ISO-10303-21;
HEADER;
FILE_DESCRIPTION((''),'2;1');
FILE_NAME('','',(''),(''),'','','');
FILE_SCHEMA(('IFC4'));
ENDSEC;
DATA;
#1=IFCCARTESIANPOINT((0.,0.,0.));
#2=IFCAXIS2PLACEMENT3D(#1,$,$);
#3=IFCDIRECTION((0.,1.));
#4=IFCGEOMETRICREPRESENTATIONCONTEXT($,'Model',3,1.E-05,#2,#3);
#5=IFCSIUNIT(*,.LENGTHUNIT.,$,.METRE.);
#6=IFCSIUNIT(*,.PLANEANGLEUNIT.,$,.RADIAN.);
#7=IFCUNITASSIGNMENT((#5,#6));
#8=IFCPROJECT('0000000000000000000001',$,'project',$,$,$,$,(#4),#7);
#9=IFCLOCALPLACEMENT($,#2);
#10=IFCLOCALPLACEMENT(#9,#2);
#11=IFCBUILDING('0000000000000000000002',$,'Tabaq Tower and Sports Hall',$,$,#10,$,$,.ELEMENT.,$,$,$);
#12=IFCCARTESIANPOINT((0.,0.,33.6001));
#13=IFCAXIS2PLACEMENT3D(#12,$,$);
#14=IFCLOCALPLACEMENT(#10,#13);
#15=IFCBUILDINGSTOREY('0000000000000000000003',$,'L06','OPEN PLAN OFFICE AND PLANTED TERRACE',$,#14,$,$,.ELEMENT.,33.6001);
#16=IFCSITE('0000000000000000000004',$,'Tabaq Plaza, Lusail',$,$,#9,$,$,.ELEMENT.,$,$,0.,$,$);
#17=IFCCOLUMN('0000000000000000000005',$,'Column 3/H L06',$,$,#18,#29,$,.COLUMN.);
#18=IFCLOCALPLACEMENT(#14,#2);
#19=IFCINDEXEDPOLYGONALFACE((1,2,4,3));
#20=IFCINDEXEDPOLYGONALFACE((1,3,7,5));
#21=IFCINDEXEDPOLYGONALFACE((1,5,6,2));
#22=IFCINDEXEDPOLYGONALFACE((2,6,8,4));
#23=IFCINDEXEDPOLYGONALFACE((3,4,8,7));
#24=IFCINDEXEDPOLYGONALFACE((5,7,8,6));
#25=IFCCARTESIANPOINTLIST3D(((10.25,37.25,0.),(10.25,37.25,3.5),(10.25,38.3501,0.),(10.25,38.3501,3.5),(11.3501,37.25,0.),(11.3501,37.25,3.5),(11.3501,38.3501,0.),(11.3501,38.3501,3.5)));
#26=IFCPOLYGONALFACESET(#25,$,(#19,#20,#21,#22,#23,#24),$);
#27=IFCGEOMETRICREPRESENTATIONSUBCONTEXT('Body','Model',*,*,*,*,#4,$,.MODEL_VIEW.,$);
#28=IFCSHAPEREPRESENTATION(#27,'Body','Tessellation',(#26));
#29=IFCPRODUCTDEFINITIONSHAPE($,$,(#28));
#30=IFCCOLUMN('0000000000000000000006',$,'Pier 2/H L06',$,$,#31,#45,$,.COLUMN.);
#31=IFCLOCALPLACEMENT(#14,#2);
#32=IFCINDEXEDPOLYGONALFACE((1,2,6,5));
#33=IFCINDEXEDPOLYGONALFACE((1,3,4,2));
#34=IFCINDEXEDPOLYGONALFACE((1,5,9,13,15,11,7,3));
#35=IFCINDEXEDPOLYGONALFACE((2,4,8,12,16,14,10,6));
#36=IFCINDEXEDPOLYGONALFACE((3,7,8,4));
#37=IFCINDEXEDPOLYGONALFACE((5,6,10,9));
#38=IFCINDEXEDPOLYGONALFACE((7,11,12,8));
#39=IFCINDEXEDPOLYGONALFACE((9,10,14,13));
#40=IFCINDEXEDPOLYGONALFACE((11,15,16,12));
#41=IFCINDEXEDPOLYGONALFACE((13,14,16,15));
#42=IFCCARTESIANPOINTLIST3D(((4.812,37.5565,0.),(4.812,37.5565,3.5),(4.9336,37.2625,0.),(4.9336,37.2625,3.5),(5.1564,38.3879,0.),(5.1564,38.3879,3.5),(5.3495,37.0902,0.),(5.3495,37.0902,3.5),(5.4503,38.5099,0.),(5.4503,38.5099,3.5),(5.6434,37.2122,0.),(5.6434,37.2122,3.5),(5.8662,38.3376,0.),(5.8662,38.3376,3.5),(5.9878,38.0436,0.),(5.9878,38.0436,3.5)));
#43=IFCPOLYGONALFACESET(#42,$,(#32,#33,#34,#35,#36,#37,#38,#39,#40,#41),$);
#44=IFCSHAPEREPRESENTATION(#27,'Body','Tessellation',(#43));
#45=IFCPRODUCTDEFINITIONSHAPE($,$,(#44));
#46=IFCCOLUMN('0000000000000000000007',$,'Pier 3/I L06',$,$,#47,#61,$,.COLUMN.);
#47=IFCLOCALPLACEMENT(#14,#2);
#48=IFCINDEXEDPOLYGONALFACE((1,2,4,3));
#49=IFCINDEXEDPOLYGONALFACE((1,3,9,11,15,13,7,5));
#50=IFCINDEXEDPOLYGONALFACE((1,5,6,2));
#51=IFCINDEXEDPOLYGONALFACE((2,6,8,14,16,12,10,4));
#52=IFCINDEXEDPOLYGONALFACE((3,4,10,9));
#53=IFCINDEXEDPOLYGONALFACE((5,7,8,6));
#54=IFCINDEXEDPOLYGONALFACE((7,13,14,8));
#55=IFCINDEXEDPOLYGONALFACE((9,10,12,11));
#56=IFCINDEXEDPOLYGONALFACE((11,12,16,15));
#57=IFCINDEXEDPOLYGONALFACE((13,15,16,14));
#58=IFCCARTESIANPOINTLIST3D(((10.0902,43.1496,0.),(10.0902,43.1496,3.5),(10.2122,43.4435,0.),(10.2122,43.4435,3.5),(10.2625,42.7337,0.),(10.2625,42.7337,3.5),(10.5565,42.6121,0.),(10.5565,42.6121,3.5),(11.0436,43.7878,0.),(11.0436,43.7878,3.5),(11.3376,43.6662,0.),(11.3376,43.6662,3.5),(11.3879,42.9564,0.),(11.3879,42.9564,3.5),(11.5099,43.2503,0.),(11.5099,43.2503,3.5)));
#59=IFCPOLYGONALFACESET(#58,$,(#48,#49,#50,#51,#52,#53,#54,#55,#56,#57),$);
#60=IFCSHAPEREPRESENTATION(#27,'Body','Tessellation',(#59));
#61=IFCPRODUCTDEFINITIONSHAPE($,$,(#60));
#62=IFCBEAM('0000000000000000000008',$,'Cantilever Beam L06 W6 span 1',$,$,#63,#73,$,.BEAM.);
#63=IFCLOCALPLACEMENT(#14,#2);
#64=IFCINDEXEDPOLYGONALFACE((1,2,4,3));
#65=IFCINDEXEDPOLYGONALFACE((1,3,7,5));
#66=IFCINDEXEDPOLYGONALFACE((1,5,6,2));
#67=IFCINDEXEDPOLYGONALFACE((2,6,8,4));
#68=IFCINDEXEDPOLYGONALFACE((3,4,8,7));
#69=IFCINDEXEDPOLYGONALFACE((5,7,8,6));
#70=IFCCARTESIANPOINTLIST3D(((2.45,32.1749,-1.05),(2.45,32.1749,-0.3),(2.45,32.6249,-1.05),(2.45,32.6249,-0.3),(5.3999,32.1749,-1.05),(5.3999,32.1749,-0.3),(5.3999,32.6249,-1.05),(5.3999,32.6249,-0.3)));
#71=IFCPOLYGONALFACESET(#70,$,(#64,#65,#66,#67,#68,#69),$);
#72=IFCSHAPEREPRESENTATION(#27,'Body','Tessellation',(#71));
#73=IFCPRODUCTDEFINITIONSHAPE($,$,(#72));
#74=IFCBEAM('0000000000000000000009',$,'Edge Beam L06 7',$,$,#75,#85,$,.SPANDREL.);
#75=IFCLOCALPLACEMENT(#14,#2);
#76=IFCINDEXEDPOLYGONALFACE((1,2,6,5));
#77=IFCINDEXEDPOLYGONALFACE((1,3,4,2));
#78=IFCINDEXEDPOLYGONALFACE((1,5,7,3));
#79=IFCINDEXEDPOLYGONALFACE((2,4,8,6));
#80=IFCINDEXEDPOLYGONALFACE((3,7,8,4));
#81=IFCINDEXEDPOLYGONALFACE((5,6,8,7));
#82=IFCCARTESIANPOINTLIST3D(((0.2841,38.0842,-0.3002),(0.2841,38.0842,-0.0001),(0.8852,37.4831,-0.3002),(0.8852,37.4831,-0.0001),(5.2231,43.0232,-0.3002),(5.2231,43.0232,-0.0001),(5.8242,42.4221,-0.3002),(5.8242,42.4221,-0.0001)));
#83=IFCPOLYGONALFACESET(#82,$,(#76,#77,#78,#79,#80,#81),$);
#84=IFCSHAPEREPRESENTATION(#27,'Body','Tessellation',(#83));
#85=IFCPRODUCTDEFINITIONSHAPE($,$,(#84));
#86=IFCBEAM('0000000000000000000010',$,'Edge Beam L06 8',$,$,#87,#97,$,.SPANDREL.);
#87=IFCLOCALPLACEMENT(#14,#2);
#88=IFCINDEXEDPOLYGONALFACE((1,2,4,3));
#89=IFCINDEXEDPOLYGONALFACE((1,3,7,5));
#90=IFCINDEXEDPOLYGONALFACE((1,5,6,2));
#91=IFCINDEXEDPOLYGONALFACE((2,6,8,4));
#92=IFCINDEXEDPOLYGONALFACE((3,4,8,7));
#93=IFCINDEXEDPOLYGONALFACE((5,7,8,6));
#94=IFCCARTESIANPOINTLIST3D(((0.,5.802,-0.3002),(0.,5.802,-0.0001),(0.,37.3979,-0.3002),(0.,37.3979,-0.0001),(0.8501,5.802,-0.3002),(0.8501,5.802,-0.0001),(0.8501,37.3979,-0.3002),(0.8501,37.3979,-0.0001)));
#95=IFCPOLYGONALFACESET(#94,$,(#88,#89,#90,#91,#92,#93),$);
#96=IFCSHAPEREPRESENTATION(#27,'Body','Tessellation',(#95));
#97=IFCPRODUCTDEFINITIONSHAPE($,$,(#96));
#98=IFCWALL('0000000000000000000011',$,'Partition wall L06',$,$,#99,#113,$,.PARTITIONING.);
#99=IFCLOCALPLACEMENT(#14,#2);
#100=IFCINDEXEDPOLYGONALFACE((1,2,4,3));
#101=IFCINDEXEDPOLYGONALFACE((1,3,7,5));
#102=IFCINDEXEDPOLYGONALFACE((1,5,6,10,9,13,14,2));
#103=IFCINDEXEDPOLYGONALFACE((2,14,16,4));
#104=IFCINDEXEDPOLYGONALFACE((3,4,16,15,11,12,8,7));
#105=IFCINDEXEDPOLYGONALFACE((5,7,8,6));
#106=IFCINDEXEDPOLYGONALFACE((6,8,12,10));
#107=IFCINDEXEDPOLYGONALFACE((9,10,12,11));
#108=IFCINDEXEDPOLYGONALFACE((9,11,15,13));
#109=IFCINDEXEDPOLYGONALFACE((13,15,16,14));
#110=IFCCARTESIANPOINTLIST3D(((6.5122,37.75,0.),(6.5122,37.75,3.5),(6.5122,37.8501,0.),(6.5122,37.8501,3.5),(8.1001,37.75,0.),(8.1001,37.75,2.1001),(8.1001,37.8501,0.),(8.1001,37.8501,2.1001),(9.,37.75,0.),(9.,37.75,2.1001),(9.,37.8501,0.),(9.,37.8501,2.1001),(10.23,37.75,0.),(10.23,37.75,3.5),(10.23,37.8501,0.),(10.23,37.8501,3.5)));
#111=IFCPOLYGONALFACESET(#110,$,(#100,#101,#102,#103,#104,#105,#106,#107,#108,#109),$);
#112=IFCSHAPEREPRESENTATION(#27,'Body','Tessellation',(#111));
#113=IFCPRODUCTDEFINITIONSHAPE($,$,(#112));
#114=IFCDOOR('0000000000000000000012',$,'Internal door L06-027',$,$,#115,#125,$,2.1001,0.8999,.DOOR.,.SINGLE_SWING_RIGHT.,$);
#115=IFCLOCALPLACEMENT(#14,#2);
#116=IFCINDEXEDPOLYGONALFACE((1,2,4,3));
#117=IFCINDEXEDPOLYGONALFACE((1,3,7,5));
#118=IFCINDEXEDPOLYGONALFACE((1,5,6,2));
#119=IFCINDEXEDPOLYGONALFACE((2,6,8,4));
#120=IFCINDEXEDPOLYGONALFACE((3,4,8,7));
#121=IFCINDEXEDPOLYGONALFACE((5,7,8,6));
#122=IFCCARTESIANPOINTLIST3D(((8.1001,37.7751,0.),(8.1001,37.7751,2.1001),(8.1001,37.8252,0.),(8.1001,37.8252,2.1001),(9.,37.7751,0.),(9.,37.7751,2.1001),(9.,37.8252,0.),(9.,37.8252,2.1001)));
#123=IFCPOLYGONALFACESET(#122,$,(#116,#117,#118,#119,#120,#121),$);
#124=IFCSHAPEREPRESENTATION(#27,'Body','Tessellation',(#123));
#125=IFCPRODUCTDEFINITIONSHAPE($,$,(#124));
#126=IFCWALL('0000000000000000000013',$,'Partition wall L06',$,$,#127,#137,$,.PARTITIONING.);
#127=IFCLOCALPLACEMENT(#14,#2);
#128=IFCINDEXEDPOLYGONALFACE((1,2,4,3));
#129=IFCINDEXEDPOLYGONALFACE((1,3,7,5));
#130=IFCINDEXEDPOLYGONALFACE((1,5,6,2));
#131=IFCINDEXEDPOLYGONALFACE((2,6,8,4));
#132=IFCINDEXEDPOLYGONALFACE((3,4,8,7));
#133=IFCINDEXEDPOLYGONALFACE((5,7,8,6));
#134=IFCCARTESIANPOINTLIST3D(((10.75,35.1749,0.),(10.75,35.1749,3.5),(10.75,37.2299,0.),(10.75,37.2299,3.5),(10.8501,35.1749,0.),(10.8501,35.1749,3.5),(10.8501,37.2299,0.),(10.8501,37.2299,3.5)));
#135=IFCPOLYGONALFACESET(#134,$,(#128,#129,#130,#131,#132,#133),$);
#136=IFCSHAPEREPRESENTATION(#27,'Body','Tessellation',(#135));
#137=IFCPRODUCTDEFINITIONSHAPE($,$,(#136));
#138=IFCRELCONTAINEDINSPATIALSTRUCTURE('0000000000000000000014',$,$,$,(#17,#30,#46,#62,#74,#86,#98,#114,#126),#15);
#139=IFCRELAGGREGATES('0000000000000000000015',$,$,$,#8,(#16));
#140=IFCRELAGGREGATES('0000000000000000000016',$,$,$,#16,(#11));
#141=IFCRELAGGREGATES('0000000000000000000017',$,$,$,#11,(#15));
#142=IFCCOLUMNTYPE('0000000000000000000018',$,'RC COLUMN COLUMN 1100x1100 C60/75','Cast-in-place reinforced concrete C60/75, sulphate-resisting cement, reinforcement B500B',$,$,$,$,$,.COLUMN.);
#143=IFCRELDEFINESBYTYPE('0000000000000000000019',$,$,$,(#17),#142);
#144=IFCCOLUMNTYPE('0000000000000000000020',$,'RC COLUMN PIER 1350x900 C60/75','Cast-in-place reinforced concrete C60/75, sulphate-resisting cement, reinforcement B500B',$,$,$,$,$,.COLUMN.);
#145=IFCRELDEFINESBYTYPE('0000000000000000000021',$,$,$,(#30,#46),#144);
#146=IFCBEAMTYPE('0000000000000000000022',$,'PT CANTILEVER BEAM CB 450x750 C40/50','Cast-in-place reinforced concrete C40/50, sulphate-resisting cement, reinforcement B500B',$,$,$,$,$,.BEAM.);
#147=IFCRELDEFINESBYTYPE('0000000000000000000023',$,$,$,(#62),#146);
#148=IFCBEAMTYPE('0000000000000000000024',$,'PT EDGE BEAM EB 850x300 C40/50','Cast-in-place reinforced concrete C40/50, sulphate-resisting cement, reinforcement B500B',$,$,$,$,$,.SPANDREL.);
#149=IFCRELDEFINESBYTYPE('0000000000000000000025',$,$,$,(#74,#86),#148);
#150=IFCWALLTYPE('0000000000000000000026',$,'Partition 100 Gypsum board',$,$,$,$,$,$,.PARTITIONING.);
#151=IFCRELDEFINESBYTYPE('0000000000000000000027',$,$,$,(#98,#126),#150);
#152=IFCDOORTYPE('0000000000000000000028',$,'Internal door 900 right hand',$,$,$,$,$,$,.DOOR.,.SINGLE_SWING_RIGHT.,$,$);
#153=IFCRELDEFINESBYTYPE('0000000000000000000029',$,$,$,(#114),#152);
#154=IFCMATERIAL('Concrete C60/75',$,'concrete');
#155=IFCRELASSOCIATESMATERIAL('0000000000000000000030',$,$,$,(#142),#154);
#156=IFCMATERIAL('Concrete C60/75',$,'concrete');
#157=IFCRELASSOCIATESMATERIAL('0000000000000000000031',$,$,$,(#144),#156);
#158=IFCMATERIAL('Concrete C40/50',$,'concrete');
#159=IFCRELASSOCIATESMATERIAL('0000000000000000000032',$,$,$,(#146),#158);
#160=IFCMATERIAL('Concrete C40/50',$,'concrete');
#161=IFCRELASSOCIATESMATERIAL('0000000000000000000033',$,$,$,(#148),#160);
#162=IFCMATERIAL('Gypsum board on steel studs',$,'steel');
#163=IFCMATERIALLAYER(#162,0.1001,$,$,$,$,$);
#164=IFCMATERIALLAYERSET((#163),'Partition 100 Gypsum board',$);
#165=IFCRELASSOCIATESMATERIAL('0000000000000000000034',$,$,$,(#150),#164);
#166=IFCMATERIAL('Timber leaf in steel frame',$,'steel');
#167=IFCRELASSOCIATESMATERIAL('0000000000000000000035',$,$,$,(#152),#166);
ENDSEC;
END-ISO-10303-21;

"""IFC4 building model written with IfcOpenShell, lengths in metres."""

from ifc_helpers import new_model, si_unit, direction, frame, frame_2d, origin, origin_2d, place, context, subcontext, project, spatial, polyline, rectangle, outline, extrude, material, layer, layer_set, material_profile, profile_set, type_object, element, fill, save


model = new_model("IFC4")

# Units and contexts
model_context = context("Model", 3, precision=1e-05, world=origin(), true_north=direction((0.0, 1.0)))
body_context = subcontext(model_context, "Body", "Model", "MODEL_VIEW")
ifc_project = project(units=[si_unit("LENGTHUNIT", "METRE"), si_unit("PLANEANGLEUNIT", "RADIAN")], contexts=[model_context])

# Site, building, storey
site_placement = place(None, origin())
site = spatial("IfcSite", under=ifc_project, at=site_placement, Name="Tabaq Plaza, Lusail", CompositionType="ELEMENT", RefElevation=0.0)
building_placement = place(site_placement, origin())
building = spatial("IfcBuilding", under=site, at=building_placement, Name="Tabaq Tower and Sports Hall", CompositionType="ELEMENT")
storey_placement = place(building_placement, frame((0.0, 0.0, 33.6001)))
storey = spatial("IfcBuildingStorey", under=building, at=storey_placement, Name="L06", Description="OPEN PLAN OFFICE AND PLANTED TERRACE", CompositionType="ELEMENT", Elevation=33.6001)

# Columns
ifc_material_1 = material(Name="Concrete C60/75", Category="concrete")
ifc_material_profile_1 = material_profile(ifc_material_1, rectangle(XDim=1.1001, YDim=1.1001, at=origin_2d()), Name="COLUMN 1100x1100")
ifc_profile_set_1 = profile_set([ifc_material_profile_1], Name="Concrete C60/75")
column_type_1 = type_object("IfcColumnType", Name="RC COLUMN COLUMN 1100x1100 C60/75", Description="Cast-in-place reinforced concrete C60/75, sulphate-resisting cement, reinforcement B500B", PredefinedType="COLUMN", material=ifc_profile_set_1)
column_placement = place(storey_placement, frame((10.8, 37.8, 0.0), z_axis=(0.0, 0.0, 1.0), x_axis=(1.0, 0.0, 0.0)))
element("IfcColumn", 1, at=column_placement, inside=storey, type_object=column_type_1, Name="Column 3/H L06", PredefinedType="COLUMN", context=body_context, shape_type="SweptSolid", body=[
    extrude(rectangle(XDim=1.1001, YDim=1.1001, at=origin_2d()), origin(), (0.0, 0.0, 1.0), 3.5),
])
ifc_material_2 = material(Name="Concrete C60/75", Category="concrete")
ifc_material_profile_2 = material_profile(ifc_material_2, outline(polyline([(-0.45, -0.45), (0.45, -0.45), (0.675, -0.2251), (0.675, 0.2251), (0.45, 0.45), (-0.45, 0.45), (-0.675, 0.2251), (-0.675, -0.2251), (-0.45, -0.45)])), Name="PIER 1350x900")
ifc_profile_set_2 = profile_set([ifc_material_profile_2], Name="Concrete C60/75")
column_type_2 = type_object("IfcColumnType", Name="RC COLUMN PIER 1350x900 C60/75", Description="Cast-in-place reinforced concrete C60/75, sulphate-resisting cement, reinforcement B500B", PredefinedType="COLUMN", material=ifc_profile_set_2)
for number, where, z_axis, x_axis, name in (
    (2, (5.3999, 37.8, 0.0), (0.0, 0.0, 1.0), (0.382683, 0.92388, 0.0), "Pier 2/H L06"),
    (3, (10.8, 43.2, 0.0), (0.0, 0.0, 1.0), (0.92388, 0.382683, 0.0), "Pier 3/I L06"),
):
    element("IfcColumn", number, at=place(storey_placement, frame(where, z_axis=z_axis, x_axis=x_axis)), inside=storey, type_object=column_type_2, Name=name, PredefinedType="COLUMN", context=body_context, shape_type="SweptSolid", body=[
        extrude(outline(polyline([(-0.45, -0.45), (0.45, -0.45), (0.675, -0.2251), (0.675, 0.2251), (0.45, 0.45), (-0.45, 0.45), (-0.675, 0.2251), (-0.675, -0.2251), (-0.45, -0.45)])), origin(), (0.0, 0.0, 1.0), 3.5),
    ])

# Beams
ifc_material_3 = material(Name="Concrete C40/50", Category="concrete")
ifc_material_profile_3 = material_profile(ifc_material_3, rectangle(XDim=0.45, YDim=0.75, at=origin_2d()), Name="CB 450x750")
ifc_profile_set_3 = profile_set([ifc_material_profile_3], Name="Concrete C40/50")
beam_type_1 = type_object("IfcBeamType", Name="PT CANTILEVER BEAM CB 450x750 C40/50", Description="Cast-in-place reinforced concrete C40/50, sulphate-resisting cement, reinforcement B500B", PredefinedType="BEAM", material=ifc_profile_set_3)
beam_1_placement = place(storey_placement, frame((2.45, 32.3999, -0.675), z_axis=(1.0, 0.0, 0.0), x_axis=(0.0, 1.0, 0.0)))
element("IfcBeam", 4, at=beam_1_placement, inside=storey, type_object=beam_type_1, Name="Cantilever Beam L06 W6 span 1", PredefinedType="BEAM", context=body_context, shape_type="SweptSolid", body=[
    extrude(rectangle(XDim=0.45, YDim=0.75, at=origin_2d()), origin(), (0.0, 0.0, 1.0), 2.95),
])
ifc_material_4 = material(Name="Concrete C40/50", Category="concrete")
ifc_material_profile_4 = material_profile(ifc_material_4, rectangle(XDim=0.8501, YDim=0.3, at=origin_2d()), Name="EB 850x300")
ifc_profile_set_4 = profile_set([ifc_material_profile_4], Name="Concrete C40/50")
beam_type_2 = type_object("IfcBeamType", Name="PT EDGE BEAM EB 850x300 C40/50", Description="Cast-in-place reinforced concrete C40/50, sulphate-resisting cement, reinforcement B500B", PredefinedType="SPANDREL", material=ifc_profile_set_4)
beam_2_placement = place(storey_placement, frame((5.5237, 42.7227, -0.1501), z_axis=(-0.707107, -0.707107, 0.0), x_axis=(0.707107, -0.707107, 0.0)))
element("IfcBeam", 5, at=beam_2_placement, inside=storey, type_object=beam_type_2, Name="Edge Beam L06 7", PredefinedType="SPANDREL", context=body_context, shape_type="SweptSolid", body=[
    extrude(rectangle(XDim=0.8501, YDim=0.3, at=origin_2d()), origin(), (0.0, 0.0, 1.0), 6.9849),
])
beam_3_placement = place(storey_placement, frame((0.425, 37.3979, -0.1501), z_axis=(0.0, -1.0, 0.0), x_axis=(1.0, 0.0, 0.0)))
element("IfcBeam", 6, at=beam_3_placement, inside=storey, type_object=beam_type_2, Name="Edge Beam L06 8", PredefinedType="SPANDREL", context=body_context, shape_type="SweptSolid", body=[
    extrude(rectangle(XDim=0.8501, YDim=0.3, at=origin_2d()), origin(), (0.0, 0.0, 1.0), 31.5959),
])

# Wall, opening, door
ifc_material_5 = material(Name="Gypsum board on steel studs", Category="steel")
ifc_layer_1 = layer(ifc_material_5, 0.1001)
ifc_layer_set_1 = layer_set([ifc_layer_1], Name="Partition 100 Gypsum board")
wall_type_1 = type_object("IfcWallType", Name="Partition 100 Gypsum board", PredefinedType="PARTITIONING", material=ifc_layer_set_1)
wall_1_placement = place(storey_placement, frame((10.23, 37.8, 0.0), z_axis=(0.0, 0.0, 1.0), x_axis=(-1.0, 0.0, 0.0)))
wall_1 = element("IfcWall", 7, at=wall_1_placement, inside=storey, type_object=wall_type_1, Name="Partition wall L06", PredefinedType="PARTITIONING", context=body_context, shape_type="SweptSolid", body=[
    extrude(rectangle(XDim=3.7178, YDim=0.1001, at=frame_2d((1.8589, 0.0))), origin(), (0.0, 0.0, 1.0), 3.5),
])
opening_1_placement = place(wall_1_placement, frame((1.23, 0.0, 0.0)))
opening_1 = element("IfcOpeningElement", 8, at=opening_1_placement, cuts=wall_1, PredefinedType="OPENING", context=body_context, shape_type="SweptSolid", body=[
    extrude(rectangle(XDim=0.8999, YDim=2.1001, at=frame_2d((0.45, 1.05))), frame((0.0, 0.05, 0.0), z_axis=(0.0, -1.0, 0.0), x_axis=(1.0, 0.0, 0.0)), (0.0, 0.0, 1.0), 0.1001),
])
ifc_material_6 = material(Name="Timber leaf in steel frame", Category="steel")
door_type_1 = type_object("IfcDoorType", Name="Internal door 900 right hand", OperationType="SINGLE_SWING_RIGHT", PredefinedType="DOOR", material=ifc_material_6)
door_1_placement = place(opening_1_placement, origin())
door_1 = element("IfcDoor", 9, at=door_1_placement, inside=storey, type_object=door_type_1, Name="Internal door L06-027", OperationType="SINGLE_SWING_RIGHT", OverallHeight=2.1001, OverallWidth=0.8999, PredefinedType="DOOR", context=body_context, shape_type="SweptSolid", body=[
    extrude(rectangle(XDim=0.8999, YDim=2.1001, at=frame_2d((0.45, 1.05))), frame((0.0, 0.0249, 0.0), z_axis=(0.0, -1.0, 0.0), x_axis=(1.0, 0.0, 0.0)), (0.0, 0.0, 1.0), 0.05),
])
fill(opening_1, door_1)

# Wall
wall_2_placement = place(storey_placement, frame((10.8, 35.175, 0.0), z_axis=(0.0, 0.0, 1.0), x_axis=(0.0, 1.0, 0.0)))
element("IfcWall", 10, at=wall_2_placement, inside=storey, type_object=wall_type_1, Name="Partition wall L06", PredefinedType="PARTITIONING", context=body_context, shape_type="SweptSolid", body=[
    extrude(rectangle(XDim=2.0549, YDim=0.1001, at=frame_2d((1.0273, 0.0))), origin(), (0.0, 0.0, 1.0), 3.5),
])

save(model, "model.ifc")
